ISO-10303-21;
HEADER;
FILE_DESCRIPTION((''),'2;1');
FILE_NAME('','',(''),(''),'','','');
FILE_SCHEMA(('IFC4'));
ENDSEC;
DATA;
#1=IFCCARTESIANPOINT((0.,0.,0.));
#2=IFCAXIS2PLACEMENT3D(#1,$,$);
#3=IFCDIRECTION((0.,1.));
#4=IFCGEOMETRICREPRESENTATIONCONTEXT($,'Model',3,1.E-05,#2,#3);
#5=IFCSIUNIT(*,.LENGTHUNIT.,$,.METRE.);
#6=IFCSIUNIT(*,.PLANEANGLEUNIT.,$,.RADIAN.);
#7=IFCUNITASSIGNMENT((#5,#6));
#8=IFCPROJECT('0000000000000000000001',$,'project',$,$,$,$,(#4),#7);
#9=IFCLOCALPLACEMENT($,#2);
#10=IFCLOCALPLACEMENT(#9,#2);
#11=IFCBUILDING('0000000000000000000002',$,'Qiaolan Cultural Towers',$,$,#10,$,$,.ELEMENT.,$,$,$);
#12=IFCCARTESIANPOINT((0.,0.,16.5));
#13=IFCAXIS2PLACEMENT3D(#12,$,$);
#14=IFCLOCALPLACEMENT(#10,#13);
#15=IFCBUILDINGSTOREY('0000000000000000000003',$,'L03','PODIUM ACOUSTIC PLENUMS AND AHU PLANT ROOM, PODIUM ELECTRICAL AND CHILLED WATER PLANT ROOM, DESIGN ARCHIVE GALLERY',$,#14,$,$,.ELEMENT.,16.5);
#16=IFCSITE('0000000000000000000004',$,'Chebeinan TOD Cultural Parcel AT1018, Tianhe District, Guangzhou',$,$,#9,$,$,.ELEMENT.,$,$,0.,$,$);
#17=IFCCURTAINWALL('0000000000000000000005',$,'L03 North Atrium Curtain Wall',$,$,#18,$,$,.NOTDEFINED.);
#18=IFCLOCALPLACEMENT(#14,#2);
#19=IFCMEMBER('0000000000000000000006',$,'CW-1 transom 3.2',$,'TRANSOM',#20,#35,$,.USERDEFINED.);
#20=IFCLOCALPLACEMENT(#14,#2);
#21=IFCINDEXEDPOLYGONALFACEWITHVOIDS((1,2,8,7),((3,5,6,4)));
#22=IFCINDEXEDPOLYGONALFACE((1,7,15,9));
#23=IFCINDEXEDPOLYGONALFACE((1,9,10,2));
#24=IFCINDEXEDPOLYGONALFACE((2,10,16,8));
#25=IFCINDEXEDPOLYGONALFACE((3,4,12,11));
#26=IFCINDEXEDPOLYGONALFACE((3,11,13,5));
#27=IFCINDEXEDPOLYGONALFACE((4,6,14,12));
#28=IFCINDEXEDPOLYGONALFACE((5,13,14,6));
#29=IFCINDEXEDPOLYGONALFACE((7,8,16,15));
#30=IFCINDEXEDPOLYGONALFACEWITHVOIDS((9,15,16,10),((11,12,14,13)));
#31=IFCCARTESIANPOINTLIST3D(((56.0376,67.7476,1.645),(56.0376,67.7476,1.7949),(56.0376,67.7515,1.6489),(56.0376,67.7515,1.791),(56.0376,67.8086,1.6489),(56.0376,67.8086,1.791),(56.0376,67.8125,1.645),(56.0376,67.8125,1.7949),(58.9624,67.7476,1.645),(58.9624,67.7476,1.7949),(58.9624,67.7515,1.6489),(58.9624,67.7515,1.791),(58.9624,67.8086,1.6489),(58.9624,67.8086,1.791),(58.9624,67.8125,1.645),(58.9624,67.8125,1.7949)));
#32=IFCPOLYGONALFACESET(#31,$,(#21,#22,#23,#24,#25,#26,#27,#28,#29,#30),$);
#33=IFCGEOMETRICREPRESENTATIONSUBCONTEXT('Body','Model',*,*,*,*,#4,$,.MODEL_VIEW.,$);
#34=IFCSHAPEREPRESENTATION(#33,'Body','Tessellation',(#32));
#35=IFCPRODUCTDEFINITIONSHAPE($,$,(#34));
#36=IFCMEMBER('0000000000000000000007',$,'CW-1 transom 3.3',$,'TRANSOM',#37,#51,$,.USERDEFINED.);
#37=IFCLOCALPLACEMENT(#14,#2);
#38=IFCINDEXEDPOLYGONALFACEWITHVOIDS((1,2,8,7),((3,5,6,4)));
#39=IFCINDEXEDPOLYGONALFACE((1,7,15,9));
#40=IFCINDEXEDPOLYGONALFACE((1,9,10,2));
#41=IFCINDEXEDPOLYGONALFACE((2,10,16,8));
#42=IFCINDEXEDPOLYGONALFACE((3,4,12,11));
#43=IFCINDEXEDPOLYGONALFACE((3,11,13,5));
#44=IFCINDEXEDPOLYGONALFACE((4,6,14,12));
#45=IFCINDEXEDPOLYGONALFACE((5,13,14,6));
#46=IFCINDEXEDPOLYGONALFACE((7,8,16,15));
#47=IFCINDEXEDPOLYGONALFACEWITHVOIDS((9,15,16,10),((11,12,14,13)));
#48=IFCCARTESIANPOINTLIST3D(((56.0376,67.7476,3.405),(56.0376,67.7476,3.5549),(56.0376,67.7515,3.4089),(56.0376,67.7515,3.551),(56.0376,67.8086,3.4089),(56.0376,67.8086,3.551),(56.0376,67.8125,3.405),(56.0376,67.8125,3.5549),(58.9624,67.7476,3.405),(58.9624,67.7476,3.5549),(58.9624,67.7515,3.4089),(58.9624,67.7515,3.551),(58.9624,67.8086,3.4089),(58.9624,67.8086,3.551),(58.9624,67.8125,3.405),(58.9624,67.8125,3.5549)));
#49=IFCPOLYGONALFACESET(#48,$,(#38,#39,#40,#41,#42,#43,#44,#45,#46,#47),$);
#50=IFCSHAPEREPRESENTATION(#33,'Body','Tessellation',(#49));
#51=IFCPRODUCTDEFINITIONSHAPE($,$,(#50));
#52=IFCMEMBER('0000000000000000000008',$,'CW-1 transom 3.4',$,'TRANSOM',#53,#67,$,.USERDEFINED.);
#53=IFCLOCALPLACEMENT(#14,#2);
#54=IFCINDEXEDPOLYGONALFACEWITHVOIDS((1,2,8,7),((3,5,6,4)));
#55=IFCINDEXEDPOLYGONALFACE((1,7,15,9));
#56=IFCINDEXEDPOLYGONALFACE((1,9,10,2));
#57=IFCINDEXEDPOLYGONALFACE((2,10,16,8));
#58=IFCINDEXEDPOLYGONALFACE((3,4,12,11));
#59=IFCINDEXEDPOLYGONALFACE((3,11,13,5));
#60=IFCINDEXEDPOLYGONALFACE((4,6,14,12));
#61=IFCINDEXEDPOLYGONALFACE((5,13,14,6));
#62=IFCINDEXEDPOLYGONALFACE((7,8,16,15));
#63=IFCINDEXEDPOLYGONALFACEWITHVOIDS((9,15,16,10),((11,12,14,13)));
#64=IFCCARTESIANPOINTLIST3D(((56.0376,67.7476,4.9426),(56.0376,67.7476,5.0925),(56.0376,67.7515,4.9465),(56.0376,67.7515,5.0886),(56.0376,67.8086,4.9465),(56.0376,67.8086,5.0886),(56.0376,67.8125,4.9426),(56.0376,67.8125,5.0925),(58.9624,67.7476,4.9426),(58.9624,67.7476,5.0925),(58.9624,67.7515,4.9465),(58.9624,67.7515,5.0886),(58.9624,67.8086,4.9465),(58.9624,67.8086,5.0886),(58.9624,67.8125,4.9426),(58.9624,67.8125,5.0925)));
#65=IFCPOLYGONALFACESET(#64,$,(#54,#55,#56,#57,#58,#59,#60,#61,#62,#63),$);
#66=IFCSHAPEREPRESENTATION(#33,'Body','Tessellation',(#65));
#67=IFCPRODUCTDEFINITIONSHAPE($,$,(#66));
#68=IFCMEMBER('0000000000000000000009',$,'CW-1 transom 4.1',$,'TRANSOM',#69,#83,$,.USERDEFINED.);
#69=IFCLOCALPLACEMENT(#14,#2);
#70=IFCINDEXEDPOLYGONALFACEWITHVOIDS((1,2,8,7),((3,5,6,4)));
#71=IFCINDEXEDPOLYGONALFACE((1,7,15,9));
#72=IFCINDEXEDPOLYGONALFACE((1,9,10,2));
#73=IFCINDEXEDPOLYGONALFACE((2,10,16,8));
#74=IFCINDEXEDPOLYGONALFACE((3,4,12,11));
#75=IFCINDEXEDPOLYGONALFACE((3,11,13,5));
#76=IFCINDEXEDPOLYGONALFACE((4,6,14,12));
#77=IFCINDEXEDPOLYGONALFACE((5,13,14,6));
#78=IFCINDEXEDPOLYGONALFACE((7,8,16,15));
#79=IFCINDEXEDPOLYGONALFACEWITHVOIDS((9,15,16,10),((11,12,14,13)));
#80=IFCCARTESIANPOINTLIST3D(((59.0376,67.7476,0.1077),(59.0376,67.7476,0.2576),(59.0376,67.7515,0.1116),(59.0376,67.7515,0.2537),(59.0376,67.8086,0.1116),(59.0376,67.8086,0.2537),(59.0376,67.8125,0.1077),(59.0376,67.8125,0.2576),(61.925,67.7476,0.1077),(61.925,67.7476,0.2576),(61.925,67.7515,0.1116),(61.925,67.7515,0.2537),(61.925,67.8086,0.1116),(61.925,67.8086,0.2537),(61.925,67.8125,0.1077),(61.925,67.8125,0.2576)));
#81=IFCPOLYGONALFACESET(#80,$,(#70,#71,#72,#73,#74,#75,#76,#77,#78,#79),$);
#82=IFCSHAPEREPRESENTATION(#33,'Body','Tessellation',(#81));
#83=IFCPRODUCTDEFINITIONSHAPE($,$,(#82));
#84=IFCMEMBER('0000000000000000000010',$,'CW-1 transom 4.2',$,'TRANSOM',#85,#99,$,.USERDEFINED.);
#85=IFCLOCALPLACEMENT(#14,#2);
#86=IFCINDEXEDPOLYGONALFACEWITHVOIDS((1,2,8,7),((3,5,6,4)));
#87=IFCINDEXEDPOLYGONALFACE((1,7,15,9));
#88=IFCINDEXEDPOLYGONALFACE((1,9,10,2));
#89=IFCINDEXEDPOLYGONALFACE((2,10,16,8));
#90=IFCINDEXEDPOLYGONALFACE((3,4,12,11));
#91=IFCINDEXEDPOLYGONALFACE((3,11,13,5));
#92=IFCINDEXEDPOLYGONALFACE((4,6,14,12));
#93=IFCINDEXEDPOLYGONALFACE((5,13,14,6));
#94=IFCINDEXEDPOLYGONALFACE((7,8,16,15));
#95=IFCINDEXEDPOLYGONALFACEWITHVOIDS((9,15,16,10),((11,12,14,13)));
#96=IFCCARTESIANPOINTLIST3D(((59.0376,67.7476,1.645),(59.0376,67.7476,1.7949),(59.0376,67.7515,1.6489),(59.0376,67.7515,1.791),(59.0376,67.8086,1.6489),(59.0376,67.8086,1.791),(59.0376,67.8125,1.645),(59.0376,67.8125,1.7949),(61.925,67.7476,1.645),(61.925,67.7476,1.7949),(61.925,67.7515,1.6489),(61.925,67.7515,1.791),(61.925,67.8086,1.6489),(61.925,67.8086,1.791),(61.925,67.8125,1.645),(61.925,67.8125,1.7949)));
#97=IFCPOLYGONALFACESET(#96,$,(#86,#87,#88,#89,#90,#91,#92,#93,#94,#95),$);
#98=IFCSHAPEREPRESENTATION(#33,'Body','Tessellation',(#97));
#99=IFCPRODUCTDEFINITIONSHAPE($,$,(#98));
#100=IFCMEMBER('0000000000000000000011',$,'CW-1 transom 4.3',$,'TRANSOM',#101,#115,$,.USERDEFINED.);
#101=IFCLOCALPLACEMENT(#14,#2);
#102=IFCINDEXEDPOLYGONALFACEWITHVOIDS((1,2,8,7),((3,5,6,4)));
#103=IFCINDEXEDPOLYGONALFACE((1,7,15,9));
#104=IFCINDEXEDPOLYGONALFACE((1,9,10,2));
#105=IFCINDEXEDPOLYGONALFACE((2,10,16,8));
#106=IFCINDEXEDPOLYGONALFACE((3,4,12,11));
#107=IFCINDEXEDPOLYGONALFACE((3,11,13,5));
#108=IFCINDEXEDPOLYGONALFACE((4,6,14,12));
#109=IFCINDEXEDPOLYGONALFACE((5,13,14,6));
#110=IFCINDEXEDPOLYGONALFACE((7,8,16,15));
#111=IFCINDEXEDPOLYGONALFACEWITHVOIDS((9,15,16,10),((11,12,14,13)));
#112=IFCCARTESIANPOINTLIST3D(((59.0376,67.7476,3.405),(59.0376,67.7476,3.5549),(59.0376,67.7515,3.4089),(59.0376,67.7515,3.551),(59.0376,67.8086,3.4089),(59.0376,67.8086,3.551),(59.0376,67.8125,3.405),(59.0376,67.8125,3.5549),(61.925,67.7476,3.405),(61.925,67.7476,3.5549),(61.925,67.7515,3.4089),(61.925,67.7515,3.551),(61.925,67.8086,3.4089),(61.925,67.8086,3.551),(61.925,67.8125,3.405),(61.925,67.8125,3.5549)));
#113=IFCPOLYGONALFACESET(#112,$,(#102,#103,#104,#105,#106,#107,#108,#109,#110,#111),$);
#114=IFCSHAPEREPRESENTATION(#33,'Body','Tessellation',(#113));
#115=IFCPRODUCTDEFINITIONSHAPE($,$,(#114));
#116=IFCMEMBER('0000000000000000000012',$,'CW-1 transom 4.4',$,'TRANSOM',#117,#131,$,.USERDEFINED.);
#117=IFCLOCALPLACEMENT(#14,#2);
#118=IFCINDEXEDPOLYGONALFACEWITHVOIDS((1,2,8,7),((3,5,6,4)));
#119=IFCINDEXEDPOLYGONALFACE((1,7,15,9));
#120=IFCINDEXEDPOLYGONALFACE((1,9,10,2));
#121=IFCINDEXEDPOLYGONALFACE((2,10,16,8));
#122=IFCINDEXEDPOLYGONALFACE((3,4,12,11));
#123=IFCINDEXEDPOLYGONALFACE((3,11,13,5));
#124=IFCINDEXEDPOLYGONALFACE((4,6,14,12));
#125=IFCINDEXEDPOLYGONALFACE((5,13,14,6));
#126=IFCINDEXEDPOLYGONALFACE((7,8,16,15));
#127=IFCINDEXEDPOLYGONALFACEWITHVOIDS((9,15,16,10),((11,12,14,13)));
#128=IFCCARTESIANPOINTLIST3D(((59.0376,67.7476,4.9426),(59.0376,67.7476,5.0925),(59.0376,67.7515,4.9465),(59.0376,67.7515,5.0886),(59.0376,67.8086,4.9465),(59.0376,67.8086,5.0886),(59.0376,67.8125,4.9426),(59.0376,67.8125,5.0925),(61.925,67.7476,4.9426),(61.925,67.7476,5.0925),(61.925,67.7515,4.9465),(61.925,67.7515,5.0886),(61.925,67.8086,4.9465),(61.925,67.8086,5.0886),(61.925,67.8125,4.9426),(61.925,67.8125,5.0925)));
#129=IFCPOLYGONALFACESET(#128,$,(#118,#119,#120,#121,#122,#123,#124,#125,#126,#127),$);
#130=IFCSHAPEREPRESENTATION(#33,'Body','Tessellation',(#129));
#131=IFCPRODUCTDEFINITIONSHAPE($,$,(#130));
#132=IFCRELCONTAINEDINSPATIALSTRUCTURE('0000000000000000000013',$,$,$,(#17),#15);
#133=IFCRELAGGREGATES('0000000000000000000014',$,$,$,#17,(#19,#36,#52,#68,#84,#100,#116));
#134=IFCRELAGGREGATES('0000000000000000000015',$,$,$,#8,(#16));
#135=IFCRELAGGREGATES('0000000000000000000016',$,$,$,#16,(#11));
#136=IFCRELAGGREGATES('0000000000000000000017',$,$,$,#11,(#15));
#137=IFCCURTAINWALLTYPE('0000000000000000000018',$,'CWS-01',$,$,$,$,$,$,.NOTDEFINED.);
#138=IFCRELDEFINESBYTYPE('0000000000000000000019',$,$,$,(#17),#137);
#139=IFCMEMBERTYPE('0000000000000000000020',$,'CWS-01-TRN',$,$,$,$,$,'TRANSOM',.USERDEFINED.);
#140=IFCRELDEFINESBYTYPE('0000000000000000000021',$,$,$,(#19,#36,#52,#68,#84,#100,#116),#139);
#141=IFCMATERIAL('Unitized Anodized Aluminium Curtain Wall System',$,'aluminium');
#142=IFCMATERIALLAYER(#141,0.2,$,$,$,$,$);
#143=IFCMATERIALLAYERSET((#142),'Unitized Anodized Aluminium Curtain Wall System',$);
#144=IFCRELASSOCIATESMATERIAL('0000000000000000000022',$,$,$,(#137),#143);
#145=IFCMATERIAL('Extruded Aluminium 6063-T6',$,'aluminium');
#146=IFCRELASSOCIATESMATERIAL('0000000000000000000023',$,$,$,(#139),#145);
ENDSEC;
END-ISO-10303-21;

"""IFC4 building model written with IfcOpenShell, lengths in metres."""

from ifc_helpers import new_model, si_unit, direction, frame, origin, origin_2d, place, context, subcontext, project, spatial, hollow_rectangle, extrude, material, layer, layer_set, material_profile, profile_set, type_object, element, aggregate, save


model = new_model("IFC4")

# Units and contexts
model_context = context("Model", 3, precision=1e-05, world=origin(), true_north=direction((0.0, 1.0)))
body_context = subcontext(model_context, "Body", "Model", "MODEL_VIEW")
ifc_project = project(units=[si_unit("LENGTHUNIT", "METRE"), si_unit("PLANEANGLEUNIT", "RADIAN")], contexts=[model_context])

# Site, building, storey
site_placement = place(None, origin())
site = spatial("IfcSite", under=ifc_project, at=site_placement, Name="Chebeinan TOD Cultural Parcel AT1018, Tianhe District, Guangzhou", CompositionType="ELEMENT", RefElevation=0.0)
building_placement = place(site_placement, origin())
building = spatial("IfcBuilding", under=site, at=building_placement, Name="Qiaolan Cultural Towers", CompositionType="ELEMENT")
storey_placement = place(building_placement, frame((0.0, 0.0, 16.5)))
storey = spatial("IfcBuildingStorey", under=building, at=storey_placement, Name="L03", Description="PODIUM ACOUSTIC PLENUMS AND AHU PLANT ROOM, PODIUM ELECTRICAL AND CHILLED WATER PLANT ROOM, DESIGN ARCHIVE GALLERY", CompositionType="ELEMENT", Elevation=16.5)

# Curtain wall, members
ifc_material_1 = material(Name="Unitized Anodized Aluminium Curtain Wall System", Category="aluminium")
ifc_layer_1 = layer(ifc_material_1, 0.2)
ifc_layer_set_1 = layer_set([ifc_layer_1], Name="Unitized Anodized Aluminium Curtain Wall System")
curtain_wall_type = type_object("IfcCurtainWallType", Name="CWS-01", PredefinedType="NOTDEFINED", material=ifc_layer_set_1)
curtain_wall_placement = place(storey_placement, origin())
curtain_wall = element("IfcCurtainWall", 1, at=curtain_wall_placement, inside=storey, type_object=curtain_wall_type, Name="L03 North Atrium Curtain Wall", PredefinedType="NOTDEFINED")
ifc_material_2 = material(Name="Extruded Aluminium 6063-T6", Category="aluminium")
ifc_material_profile_1 = material_profile(ifc_material_2, hollow_rectangle(XDim=0.0649, YDim=0.1499, WallThickness=0.0039, at=origin_2d()), Name="CWT-150x65x4")
ifc_profile_set_1 = profile_set([ifc_material_profile_1], Name="Extruded Aluminium 6063-T6")
member_type_1 = type_object("IfcMemberType", Name="CWS-01-TRN", ElementType="TRANSOM", PredefinedType="USERDEFINED", material=ifc_profile_set_1)
member_1_placement = place(storey_placement, frame((56.0376, 67.78, 1.72), z_axis=(1.0, 0.0, 0.0), x_axis=(0.0, 1.0, 0.0)))
member_1 = element("IfcMember", 2, at=member_1_placement, type_object=member_type_1, Name="CW-1 transom 3.2", ObjectType="TRANSOM", PredefinedType="USERDEFINED", context=body_context, shape_type="SweptSolid", body=[
    extrude(hollow_rectangle(XDim=0.0649, YDim=0.1499, WallThickness=0.0039, at=origin_2d()), origin(), (0.0, 0.0, 1.0), 2.9248),
])
member_2_placement = place(storey_placement, frame((56.0376, 67.78, 3.48), z_axis=(1.0, 0.0, 0.0), x_axis=(0.0, 1.0, 0.0)))
member_2 = element("IfcMember", 3, at=member_2_placement, type_object=member_type_1, Name="CW-1 transom 3.3", ObjectType="TRANSOM", PredefinedType="USERDEFINED", context=body_context, shape_type="SweptSolid", body=[
    extrude(hollow_rectangle(XDim=0.0649, YDim=0.1499, WallThickness=0.0039, at=origin_2d()), origin(), (0.0, 0.0, 1.0), 2.9248),
])
member_3_placement = place(storey_placement, frame((56.0376, 67.78, 5.0176), z_axis=(1.0, 0.0, 0.0), x_axis=(0.0, 1.0, 0.0)))
member_3 = element("IfcMember", 4, at=member_3_placement, type_object=member_type_1, Name="CW-1 transom 3.4", ObjectType="TRANSOM", PredefinedType="USERDEFINED", context=body_context, shape_type="SweptSolid", body=[
    extrude(hollow_rectangle(XDim=0.0649, YDim=0.1499, WallThickness=0.0039, at=origin_2d()), origin(), (0.0, 0.0, 1.0), 2.9248),
])
member_4_placement = place(storey_placement, frame((59.0376, 67.78, 0.1826), z_axis=(1.0, 0.0, 0.0), x_axis=(0.0, 1.0, 0.0)))
member_4 = element("IfcMember", 5, at=member_4_placement, type_object=member_type_1, Name="CW-1 transom 4.1", ObjectType="TRANSOM", PredefinedType="USERDEFINED", context=body_context, shape_type="SweptSolid", body=[
    extrude(hollow_rectangle(XDim=0.0649, YDim=0.1499, WallThickness=0.0039, at=origin_2d()), origin(), (0.0, 0.0, 1.0), 2.8875),
])
member_5_placement = place(storey_placement, frame((59.0376, 67.78, 1.72), z_axis=(1.0, 0.0, 0.0), x_axis=(0.0, 1.0, 0.0)))
member_5 = element("IfcMember", 6, at=member_5_placement, type_object=member_type_1, Name="CW-1 transom 4.2", ObjectType="TRANSOM", PredefinedType="USERDEFINED", context=body_context, shape_type="SweptSolid", body=[
    extrude(hollow_rectangle(XDim=0.0649, YDim=0.1499, WallThickness=0.0039, at=origin_2d()), origin(), (0.0, 0.0, 1.0), 2.8875),
])
member_6_placement = place(storey_placement, frame((59.0376, 67.78, 3.48), z_axis=(1.0, 0.0, 0.0), x_axis=(0.0, 1.0, 0.0)))
member_6 = element("IfcMember", 7, at=member_6_placement, type_object=member_type_1, Name="CW-1 transom 4.3", ObjectType="TRANSOM", PredefinedType="USERDEFINED", context=body_context, shape_type="SweptSolid", body=[
    extrude(hollow_rectangle(XDim=0.0649, YDim=0.1499, WallThickness=0.0039, at=origin_2d()), origin(), (0.0, 0.0, 1.0), 2.8875),
])
member_7_placement = place(storey_placement, frame((59.0376, 67.78, 5.0176), z_axis=(1.0, 0.0, 0.0), x_axis=(0.0, 1.0, 0.0)))
member_7 = element("IfcMember", 8, at=member_7_placement, type_object=member_type_1, Name="CW-1 transom 4.4", ObjectType="TRANSOM", PredefinedType="USERDEFINED", context=body_context, shape_type="SweptSolid", body=[
    extrude(hollow_rectangle(XDim=0.0649, YDim=0.1499, WallThickness=0.0039, at=origin_2d()), origin(), (0.0, 0.0, 1.0), 2.8875),
])

aggregate(curtain_wall, [member_1, member_2, member_3, member_4, member_5, member_6, member_7])

save(model, "model.ifc")
